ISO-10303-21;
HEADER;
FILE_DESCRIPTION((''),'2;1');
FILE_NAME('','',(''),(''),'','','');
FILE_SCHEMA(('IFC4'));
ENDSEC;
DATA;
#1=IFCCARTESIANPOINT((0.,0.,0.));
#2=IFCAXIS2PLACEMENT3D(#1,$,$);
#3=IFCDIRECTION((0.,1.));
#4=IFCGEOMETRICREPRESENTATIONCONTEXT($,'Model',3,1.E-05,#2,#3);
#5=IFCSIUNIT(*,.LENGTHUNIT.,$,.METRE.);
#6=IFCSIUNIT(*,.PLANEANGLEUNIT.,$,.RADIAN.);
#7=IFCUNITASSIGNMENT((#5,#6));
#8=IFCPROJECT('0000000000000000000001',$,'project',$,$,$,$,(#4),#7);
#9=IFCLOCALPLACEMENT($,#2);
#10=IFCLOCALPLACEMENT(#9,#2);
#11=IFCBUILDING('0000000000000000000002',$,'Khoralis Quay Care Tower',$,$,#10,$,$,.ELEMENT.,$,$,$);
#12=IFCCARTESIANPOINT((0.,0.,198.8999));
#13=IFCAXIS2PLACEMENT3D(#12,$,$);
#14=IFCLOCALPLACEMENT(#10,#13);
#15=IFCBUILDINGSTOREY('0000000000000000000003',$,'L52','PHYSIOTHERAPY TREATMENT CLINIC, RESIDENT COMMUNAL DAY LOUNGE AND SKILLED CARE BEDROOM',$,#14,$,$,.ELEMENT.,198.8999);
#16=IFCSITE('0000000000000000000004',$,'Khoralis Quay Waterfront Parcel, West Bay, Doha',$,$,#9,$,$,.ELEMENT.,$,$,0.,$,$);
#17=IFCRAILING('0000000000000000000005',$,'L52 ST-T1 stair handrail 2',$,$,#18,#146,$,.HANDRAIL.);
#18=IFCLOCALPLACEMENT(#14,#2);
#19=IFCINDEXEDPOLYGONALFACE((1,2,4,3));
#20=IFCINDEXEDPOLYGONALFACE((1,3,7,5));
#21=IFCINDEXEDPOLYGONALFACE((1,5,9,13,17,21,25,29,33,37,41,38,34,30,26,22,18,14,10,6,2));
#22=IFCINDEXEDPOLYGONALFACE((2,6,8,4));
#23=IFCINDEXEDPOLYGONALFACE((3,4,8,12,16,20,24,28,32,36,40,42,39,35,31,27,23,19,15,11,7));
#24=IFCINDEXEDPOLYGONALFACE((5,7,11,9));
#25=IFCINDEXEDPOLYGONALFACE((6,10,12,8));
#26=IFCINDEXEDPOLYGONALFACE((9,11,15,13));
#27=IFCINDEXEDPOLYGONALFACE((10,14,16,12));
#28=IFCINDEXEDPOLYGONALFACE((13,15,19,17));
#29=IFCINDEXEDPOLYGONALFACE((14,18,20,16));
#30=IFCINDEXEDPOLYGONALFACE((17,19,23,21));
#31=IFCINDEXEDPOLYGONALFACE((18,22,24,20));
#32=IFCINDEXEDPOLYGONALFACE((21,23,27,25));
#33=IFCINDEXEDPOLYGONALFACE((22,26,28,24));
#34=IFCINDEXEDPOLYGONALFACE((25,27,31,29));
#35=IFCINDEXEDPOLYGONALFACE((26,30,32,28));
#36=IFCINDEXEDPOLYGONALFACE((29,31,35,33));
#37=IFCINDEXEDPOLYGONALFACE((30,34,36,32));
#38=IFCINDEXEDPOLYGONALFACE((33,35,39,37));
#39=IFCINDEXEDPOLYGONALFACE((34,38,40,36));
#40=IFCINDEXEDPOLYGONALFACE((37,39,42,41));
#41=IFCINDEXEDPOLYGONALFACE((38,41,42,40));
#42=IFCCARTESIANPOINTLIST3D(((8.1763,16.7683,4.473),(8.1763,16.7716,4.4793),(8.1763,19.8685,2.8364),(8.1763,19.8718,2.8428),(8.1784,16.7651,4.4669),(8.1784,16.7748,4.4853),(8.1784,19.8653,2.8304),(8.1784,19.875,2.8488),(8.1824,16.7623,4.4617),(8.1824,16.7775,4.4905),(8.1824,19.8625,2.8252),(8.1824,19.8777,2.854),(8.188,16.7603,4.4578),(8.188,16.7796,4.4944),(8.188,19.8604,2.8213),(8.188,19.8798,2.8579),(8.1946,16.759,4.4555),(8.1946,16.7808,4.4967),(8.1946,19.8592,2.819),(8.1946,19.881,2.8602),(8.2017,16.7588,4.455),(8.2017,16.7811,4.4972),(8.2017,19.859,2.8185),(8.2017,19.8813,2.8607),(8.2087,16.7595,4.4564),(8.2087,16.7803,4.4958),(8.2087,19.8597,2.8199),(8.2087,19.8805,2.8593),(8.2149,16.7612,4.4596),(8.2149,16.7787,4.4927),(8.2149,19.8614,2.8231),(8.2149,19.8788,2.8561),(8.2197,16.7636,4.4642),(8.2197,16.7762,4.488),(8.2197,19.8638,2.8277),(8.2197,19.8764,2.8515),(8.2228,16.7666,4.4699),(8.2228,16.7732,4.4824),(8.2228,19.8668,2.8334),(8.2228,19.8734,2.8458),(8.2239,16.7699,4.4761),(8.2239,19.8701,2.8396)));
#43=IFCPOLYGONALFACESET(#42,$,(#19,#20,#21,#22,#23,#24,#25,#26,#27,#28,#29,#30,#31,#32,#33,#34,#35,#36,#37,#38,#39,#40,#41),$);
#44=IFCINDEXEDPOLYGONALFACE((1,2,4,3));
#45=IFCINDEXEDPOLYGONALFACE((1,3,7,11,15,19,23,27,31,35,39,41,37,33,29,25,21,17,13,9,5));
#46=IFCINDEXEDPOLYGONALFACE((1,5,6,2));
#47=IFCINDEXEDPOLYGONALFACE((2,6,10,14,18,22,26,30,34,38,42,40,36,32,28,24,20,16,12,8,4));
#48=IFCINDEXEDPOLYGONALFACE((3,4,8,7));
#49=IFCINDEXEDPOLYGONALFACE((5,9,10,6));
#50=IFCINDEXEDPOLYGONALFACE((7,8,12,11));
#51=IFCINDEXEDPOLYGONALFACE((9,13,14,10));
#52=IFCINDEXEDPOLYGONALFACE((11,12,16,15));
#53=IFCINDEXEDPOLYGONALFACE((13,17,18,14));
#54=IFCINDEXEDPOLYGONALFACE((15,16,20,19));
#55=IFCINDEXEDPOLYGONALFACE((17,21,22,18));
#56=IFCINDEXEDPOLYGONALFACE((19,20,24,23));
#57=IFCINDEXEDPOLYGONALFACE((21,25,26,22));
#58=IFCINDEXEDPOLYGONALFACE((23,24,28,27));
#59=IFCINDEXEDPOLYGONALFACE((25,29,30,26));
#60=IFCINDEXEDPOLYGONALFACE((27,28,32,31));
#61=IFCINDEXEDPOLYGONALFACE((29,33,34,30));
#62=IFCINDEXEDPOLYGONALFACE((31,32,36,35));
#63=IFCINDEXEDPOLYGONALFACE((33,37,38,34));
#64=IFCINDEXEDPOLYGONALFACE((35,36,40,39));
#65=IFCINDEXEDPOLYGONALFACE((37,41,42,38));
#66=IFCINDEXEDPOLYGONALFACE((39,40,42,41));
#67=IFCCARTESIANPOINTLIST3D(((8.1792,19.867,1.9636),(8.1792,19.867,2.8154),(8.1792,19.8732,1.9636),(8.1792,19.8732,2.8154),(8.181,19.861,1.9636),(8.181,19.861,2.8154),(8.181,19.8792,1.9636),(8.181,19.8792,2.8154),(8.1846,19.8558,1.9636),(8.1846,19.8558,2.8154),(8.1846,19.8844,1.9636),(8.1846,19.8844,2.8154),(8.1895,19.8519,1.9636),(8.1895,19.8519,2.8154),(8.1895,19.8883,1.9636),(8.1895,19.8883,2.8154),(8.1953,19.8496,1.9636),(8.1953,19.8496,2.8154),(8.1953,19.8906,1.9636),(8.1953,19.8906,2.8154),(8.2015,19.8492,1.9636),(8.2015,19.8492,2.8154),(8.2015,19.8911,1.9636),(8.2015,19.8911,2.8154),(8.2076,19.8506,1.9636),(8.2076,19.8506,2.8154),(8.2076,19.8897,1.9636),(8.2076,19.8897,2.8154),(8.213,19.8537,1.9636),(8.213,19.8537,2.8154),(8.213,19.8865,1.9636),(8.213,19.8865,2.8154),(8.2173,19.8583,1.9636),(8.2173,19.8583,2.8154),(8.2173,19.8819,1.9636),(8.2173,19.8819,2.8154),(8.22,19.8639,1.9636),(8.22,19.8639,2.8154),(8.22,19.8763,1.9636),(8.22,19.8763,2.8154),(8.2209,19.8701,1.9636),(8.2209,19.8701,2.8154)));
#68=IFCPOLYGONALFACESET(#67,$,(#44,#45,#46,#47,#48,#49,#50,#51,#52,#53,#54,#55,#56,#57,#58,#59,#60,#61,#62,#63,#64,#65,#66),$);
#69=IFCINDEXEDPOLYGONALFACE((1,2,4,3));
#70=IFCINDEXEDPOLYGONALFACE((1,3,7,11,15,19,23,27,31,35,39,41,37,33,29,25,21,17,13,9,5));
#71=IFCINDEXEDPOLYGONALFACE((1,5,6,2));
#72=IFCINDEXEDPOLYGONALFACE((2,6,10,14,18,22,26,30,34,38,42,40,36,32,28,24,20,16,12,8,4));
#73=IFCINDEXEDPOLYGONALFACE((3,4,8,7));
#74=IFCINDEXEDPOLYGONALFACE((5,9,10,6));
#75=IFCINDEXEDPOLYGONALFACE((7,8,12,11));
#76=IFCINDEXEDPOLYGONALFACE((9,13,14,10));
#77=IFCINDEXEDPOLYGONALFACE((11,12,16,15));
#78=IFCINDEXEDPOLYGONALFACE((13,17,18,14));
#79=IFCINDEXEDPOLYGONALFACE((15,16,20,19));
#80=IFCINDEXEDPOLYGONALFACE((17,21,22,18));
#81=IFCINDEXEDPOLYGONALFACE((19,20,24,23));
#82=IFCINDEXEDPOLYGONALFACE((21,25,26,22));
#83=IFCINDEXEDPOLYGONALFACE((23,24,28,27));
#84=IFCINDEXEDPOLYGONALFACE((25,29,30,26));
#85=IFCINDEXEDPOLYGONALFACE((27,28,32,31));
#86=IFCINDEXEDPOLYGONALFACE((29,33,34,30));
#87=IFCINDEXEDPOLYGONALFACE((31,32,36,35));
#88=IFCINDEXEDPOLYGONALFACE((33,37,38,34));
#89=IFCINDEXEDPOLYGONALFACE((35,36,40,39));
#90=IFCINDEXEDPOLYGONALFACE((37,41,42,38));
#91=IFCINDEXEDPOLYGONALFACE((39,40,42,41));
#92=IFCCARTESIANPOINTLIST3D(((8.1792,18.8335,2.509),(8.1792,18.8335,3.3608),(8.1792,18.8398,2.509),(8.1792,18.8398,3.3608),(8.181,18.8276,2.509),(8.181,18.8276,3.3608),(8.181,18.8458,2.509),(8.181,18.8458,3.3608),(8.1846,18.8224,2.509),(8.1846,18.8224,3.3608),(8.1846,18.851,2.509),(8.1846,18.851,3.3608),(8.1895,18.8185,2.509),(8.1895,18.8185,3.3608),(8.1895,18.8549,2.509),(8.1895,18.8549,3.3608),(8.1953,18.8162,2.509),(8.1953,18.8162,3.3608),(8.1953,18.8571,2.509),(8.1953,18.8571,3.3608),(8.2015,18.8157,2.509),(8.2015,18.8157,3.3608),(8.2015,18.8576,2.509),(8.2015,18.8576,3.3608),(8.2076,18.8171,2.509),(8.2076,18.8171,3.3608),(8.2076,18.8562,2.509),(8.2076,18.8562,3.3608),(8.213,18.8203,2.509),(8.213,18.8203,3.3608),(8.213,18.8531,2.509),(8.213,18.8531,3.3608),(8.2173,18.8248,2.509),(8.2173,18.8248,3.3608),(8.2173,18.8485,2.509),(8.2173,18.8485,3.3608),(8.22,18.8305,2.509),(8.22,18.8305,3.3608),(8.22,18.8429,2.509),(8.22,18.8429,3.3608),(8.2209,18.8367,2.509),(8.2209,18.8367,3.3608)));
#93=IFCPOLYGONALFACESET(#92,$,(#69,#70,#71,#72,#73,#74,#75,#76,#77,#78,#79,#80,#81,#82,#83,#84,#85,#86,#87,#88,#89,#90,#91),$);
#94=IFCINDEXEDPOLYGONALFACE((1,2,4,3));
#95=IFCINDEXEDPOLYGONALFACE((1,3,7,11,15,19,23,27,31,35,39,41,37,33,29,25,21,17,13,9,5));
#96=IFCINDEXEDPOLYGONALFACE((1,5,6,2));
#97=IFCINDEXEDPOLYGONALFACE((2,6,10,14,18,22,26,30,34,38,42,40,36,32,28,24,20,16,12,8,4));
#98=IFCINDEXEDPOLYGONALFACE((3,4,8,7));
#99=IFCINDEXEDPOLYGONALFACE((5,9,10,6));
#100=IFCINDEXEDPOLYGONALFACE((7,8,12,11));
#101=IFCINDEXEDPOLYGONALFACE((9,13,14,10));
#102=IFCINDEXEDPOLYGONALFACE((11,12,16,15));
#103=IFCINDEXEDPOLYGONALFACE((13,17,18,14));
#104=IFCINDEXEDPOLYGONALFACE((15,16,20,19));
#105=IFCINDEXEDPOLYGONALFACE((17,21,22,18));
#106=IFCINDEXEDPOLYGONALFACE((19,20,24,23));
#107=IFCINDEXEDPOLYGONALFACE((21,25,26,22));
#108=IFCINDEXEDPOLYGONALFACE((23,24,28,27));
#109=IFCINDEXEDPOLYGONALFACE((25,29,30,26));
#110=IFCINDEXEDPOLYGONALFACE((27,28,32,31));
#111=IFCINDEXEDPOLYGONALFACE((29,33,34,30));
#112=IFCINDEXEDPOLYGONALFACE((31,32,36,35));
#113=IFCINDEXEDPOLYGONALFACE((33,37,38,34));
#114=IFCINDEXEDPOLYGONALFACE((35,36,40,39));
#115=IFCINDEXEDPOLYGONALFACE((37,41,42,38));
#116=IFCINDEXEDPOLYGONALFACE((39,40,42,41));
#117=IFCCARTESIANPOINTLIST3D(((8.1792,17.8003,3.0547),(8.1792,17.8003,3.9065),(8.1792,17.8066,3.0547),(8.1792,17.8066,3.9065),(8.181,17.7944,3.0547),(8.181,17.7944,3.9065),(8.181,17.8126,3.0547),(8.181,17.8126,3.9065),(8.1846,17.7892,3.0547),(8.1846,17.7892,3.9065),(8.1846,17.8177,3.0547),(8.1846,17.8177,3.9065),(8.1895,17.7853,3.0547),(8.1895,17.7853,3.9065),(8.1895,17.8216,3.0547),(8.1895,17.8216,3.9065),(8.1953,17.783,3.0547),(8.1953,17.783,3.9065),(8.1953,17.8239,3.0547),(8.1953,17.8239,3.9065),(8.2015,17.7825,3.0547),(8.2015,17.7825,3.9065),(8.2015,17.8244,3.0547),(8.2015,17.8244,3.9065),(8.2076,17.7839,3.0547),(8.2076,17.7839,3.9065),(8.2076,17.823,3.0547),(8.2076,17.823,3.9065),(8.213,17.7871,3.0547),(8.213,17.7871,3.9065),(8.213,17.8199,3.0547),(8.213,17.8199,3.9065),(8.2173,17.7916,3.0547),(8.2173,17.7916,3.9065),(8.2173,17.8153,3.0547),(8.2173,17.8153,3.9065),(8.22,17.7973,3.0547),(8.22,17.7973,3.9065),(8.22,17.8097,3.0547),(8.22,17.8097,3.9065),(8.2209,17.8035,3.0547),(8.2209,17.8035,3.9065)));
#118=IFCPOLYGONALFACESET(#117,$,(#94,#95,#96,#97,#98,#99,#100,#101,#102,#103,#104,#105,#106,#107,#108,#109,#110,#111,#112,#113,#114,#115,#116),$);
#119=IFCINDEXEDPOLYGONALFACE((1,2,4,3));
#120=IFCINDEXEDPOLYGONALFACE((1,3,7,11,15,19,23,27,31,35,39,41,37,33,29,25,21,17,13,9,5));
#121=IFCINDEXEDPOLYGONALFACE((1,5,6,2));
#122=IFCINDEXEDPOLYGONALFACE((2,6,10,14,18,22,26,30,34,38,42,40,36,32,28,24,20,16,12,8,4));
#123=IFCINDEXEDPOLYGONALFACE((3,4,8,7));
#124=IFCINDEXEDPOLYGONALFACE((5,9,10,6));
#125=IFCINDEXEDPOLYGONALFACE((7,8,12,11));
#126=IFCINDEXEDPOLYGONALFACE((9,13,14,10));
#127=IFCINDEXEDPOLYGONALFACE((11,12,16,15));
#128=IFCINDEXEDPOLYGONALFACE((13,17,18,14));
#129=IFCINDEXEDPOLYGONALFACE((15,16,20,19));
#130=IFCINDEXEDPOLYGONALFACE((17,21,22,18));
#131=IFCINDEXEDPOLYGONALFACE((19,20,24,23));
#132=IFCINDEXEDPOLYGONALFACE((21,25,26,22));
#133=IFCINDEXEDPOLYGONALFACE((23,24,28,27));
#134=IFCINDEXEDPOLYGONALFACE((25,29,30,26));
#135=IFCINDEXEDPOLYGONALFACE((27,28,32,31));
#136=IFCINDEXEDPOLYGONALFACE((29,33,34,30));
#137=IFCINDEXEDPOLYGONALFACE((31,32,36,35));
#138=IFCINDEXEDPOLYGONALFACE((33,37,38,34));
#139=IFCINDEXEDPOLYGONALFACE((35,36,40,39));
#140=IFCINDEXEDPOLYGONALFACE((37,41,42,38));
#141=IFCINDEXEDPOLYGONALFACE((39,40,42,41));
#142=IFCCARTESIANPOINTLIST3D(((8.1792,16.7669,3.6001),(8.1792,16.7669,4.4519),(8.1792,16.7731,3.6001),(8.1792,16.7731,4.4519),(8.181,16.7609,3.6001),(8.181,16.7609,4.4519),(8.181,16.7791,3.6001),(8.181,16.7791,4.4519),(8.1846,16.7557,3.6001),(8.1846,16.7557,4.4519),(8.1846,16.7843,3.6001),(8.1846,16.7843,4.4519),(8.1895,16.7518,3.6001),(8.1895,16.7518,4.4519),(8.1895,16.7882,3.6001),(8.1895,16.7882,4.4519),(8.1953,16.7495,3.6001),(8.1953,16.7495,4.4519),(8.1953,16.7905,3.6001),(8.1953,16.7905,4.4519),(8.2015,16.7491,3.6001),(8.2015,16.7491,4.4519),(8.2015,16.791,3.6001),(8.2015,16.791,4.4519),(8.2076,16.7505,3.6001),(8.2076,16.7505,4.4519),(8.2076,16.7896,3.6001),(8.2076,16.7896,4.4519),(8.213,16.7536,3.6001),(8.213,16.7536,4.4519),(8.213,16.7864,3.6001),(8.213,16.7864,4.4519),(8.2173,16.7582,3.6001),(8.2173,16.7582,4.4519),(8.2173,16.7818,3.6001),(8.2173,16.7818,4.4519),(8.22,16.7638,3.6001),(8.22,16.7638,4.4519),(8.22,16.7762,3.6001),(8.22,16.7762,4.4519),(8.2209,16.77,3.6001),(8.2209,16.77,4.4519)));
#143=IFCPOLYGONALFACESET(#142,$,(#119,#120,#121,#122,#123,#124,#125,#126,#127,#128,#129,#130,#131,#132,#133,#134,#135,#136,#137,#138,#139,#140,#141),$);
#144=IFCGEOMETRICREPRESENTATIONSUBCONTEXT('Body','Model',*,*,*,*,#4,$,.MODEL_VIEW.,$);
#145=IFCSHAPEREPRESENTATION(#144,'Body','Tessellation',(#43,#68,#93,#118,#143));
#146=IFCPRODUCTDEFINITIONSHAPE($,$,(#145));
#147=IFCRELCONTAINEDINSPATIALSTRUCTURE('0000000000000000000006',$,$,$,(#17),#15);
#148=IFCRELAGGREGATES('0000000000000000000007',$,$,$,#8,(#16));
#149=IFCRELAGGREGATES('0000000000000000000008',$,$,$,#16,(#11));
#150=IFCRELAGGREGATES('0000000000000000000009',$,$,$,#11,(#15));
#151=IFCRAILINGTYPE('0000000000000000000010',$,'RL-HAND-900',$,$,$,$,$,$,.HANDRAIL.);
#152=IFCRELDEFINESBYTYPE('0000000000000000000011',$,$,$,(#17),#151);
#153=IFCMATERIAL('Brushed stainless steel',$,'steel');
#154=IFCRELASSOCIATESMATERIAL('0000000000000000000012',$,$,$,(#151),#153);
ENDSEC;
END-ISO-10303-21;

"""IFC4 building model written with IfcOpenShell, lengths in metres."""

from ifc_helpers import new_model, si_unit, direction, frame, origin, origin_2d, place, context, subcontext, project, spatial, circle, extrude, material, type_object, element, save


model = new_model("IFC4")

# Units and contexts
model_context = context("Model", 3, precision=1e-05, world=origin(), true_north=direction((0.0, 1.0)))
body_context = subcontext(model_context, "Body", "Model", "MODEL_VIEW")
ifc_project = project(units=[si_unit("LENGTHUNIT", "METRE"), si_unit("PLANEANGLEUNIT", "RADIAN")], contexts=[model_context])

# Site, building, storey
site_placement = place(None, origin())
site = spatial("IfcSite", under=ifc_project, at=site_placement, Name="Khoralis Quay Waterfront Parcel, West Bay, Doha", CompositionType="ELEMENT", RefElevation=0.0)
building_placement = place(site_placement, origin())
building = spatial("IfcBuilding", under=site, at=building_placement, Name="Khoralis Quay Care Tower", CompositionType="ELEMENT")
storey_placement = place(building_placement, frame((0.0, 0.0, 198.8999)))
storey = spatial("IfcBuildingStorey", under=building, at=storey_placement, Name="L52", Description="PHYSIOTHERAPY TREATMENT CLINIC, RESIDENT COMMUNAL DAY LOUNGE AND SKILLED CARE BEDROOM", CompositionType="ELEMENT", Elevation=198.8999)

# Shared definitions
ifc_material_1 = material(Name="Brushed stainless steel", Category="steel")

# Railing
railing_type_1 = type_object("IfcRailingType", Name="RL-HAND-900", PredefinedType="HANDRAIL", material=ifc_material_1)
railing_1_placement = place(storey_placement, frame((8.2, 19.8701, 1.9636)))
element("IfcRailing", 1, at=railing_1_placement, inside=storey, type_object=railing_type_1, Name="L52 ST-T1 stair handrail 2", PredefinedType="HANDRAIL", context=body_context, shape_type="SweptSolid", body=[
    extrude(circle(Radius=0.0239, at=origin_2d()), frame((0.0, 0.0, 0.876), z_axis=(0.0, -0.884348, 0.466828), x_axis=(1.0, 0.0, 0.0)), (0.0, 0.0, 1.0), 3.5056),
    extrude(circle(Radius=0.021, at=origin_2d()), origin(), (0.0, 0.0, 1.0), 0.8518),
    extrude(circle(Radius=0.021, at=origin_2d()), frame((0.0, -1.0334, 0.5454)), (0.0, 0.0, 1.0), 0.8518),
    extrude(circle(Radius=0.021, at=origin_2d()), frame((0.0, -2.0667, 1.0911)), (0.0, 0.0, 1.0), 0.8518),
    extrude(circle(Radius=0.021, at=origin_2d()), frame((0.0, -3.1001, 1.6365)), (0.0, 0.0, 1.0), 0.8518),
])

save(model, "model.ifc")
